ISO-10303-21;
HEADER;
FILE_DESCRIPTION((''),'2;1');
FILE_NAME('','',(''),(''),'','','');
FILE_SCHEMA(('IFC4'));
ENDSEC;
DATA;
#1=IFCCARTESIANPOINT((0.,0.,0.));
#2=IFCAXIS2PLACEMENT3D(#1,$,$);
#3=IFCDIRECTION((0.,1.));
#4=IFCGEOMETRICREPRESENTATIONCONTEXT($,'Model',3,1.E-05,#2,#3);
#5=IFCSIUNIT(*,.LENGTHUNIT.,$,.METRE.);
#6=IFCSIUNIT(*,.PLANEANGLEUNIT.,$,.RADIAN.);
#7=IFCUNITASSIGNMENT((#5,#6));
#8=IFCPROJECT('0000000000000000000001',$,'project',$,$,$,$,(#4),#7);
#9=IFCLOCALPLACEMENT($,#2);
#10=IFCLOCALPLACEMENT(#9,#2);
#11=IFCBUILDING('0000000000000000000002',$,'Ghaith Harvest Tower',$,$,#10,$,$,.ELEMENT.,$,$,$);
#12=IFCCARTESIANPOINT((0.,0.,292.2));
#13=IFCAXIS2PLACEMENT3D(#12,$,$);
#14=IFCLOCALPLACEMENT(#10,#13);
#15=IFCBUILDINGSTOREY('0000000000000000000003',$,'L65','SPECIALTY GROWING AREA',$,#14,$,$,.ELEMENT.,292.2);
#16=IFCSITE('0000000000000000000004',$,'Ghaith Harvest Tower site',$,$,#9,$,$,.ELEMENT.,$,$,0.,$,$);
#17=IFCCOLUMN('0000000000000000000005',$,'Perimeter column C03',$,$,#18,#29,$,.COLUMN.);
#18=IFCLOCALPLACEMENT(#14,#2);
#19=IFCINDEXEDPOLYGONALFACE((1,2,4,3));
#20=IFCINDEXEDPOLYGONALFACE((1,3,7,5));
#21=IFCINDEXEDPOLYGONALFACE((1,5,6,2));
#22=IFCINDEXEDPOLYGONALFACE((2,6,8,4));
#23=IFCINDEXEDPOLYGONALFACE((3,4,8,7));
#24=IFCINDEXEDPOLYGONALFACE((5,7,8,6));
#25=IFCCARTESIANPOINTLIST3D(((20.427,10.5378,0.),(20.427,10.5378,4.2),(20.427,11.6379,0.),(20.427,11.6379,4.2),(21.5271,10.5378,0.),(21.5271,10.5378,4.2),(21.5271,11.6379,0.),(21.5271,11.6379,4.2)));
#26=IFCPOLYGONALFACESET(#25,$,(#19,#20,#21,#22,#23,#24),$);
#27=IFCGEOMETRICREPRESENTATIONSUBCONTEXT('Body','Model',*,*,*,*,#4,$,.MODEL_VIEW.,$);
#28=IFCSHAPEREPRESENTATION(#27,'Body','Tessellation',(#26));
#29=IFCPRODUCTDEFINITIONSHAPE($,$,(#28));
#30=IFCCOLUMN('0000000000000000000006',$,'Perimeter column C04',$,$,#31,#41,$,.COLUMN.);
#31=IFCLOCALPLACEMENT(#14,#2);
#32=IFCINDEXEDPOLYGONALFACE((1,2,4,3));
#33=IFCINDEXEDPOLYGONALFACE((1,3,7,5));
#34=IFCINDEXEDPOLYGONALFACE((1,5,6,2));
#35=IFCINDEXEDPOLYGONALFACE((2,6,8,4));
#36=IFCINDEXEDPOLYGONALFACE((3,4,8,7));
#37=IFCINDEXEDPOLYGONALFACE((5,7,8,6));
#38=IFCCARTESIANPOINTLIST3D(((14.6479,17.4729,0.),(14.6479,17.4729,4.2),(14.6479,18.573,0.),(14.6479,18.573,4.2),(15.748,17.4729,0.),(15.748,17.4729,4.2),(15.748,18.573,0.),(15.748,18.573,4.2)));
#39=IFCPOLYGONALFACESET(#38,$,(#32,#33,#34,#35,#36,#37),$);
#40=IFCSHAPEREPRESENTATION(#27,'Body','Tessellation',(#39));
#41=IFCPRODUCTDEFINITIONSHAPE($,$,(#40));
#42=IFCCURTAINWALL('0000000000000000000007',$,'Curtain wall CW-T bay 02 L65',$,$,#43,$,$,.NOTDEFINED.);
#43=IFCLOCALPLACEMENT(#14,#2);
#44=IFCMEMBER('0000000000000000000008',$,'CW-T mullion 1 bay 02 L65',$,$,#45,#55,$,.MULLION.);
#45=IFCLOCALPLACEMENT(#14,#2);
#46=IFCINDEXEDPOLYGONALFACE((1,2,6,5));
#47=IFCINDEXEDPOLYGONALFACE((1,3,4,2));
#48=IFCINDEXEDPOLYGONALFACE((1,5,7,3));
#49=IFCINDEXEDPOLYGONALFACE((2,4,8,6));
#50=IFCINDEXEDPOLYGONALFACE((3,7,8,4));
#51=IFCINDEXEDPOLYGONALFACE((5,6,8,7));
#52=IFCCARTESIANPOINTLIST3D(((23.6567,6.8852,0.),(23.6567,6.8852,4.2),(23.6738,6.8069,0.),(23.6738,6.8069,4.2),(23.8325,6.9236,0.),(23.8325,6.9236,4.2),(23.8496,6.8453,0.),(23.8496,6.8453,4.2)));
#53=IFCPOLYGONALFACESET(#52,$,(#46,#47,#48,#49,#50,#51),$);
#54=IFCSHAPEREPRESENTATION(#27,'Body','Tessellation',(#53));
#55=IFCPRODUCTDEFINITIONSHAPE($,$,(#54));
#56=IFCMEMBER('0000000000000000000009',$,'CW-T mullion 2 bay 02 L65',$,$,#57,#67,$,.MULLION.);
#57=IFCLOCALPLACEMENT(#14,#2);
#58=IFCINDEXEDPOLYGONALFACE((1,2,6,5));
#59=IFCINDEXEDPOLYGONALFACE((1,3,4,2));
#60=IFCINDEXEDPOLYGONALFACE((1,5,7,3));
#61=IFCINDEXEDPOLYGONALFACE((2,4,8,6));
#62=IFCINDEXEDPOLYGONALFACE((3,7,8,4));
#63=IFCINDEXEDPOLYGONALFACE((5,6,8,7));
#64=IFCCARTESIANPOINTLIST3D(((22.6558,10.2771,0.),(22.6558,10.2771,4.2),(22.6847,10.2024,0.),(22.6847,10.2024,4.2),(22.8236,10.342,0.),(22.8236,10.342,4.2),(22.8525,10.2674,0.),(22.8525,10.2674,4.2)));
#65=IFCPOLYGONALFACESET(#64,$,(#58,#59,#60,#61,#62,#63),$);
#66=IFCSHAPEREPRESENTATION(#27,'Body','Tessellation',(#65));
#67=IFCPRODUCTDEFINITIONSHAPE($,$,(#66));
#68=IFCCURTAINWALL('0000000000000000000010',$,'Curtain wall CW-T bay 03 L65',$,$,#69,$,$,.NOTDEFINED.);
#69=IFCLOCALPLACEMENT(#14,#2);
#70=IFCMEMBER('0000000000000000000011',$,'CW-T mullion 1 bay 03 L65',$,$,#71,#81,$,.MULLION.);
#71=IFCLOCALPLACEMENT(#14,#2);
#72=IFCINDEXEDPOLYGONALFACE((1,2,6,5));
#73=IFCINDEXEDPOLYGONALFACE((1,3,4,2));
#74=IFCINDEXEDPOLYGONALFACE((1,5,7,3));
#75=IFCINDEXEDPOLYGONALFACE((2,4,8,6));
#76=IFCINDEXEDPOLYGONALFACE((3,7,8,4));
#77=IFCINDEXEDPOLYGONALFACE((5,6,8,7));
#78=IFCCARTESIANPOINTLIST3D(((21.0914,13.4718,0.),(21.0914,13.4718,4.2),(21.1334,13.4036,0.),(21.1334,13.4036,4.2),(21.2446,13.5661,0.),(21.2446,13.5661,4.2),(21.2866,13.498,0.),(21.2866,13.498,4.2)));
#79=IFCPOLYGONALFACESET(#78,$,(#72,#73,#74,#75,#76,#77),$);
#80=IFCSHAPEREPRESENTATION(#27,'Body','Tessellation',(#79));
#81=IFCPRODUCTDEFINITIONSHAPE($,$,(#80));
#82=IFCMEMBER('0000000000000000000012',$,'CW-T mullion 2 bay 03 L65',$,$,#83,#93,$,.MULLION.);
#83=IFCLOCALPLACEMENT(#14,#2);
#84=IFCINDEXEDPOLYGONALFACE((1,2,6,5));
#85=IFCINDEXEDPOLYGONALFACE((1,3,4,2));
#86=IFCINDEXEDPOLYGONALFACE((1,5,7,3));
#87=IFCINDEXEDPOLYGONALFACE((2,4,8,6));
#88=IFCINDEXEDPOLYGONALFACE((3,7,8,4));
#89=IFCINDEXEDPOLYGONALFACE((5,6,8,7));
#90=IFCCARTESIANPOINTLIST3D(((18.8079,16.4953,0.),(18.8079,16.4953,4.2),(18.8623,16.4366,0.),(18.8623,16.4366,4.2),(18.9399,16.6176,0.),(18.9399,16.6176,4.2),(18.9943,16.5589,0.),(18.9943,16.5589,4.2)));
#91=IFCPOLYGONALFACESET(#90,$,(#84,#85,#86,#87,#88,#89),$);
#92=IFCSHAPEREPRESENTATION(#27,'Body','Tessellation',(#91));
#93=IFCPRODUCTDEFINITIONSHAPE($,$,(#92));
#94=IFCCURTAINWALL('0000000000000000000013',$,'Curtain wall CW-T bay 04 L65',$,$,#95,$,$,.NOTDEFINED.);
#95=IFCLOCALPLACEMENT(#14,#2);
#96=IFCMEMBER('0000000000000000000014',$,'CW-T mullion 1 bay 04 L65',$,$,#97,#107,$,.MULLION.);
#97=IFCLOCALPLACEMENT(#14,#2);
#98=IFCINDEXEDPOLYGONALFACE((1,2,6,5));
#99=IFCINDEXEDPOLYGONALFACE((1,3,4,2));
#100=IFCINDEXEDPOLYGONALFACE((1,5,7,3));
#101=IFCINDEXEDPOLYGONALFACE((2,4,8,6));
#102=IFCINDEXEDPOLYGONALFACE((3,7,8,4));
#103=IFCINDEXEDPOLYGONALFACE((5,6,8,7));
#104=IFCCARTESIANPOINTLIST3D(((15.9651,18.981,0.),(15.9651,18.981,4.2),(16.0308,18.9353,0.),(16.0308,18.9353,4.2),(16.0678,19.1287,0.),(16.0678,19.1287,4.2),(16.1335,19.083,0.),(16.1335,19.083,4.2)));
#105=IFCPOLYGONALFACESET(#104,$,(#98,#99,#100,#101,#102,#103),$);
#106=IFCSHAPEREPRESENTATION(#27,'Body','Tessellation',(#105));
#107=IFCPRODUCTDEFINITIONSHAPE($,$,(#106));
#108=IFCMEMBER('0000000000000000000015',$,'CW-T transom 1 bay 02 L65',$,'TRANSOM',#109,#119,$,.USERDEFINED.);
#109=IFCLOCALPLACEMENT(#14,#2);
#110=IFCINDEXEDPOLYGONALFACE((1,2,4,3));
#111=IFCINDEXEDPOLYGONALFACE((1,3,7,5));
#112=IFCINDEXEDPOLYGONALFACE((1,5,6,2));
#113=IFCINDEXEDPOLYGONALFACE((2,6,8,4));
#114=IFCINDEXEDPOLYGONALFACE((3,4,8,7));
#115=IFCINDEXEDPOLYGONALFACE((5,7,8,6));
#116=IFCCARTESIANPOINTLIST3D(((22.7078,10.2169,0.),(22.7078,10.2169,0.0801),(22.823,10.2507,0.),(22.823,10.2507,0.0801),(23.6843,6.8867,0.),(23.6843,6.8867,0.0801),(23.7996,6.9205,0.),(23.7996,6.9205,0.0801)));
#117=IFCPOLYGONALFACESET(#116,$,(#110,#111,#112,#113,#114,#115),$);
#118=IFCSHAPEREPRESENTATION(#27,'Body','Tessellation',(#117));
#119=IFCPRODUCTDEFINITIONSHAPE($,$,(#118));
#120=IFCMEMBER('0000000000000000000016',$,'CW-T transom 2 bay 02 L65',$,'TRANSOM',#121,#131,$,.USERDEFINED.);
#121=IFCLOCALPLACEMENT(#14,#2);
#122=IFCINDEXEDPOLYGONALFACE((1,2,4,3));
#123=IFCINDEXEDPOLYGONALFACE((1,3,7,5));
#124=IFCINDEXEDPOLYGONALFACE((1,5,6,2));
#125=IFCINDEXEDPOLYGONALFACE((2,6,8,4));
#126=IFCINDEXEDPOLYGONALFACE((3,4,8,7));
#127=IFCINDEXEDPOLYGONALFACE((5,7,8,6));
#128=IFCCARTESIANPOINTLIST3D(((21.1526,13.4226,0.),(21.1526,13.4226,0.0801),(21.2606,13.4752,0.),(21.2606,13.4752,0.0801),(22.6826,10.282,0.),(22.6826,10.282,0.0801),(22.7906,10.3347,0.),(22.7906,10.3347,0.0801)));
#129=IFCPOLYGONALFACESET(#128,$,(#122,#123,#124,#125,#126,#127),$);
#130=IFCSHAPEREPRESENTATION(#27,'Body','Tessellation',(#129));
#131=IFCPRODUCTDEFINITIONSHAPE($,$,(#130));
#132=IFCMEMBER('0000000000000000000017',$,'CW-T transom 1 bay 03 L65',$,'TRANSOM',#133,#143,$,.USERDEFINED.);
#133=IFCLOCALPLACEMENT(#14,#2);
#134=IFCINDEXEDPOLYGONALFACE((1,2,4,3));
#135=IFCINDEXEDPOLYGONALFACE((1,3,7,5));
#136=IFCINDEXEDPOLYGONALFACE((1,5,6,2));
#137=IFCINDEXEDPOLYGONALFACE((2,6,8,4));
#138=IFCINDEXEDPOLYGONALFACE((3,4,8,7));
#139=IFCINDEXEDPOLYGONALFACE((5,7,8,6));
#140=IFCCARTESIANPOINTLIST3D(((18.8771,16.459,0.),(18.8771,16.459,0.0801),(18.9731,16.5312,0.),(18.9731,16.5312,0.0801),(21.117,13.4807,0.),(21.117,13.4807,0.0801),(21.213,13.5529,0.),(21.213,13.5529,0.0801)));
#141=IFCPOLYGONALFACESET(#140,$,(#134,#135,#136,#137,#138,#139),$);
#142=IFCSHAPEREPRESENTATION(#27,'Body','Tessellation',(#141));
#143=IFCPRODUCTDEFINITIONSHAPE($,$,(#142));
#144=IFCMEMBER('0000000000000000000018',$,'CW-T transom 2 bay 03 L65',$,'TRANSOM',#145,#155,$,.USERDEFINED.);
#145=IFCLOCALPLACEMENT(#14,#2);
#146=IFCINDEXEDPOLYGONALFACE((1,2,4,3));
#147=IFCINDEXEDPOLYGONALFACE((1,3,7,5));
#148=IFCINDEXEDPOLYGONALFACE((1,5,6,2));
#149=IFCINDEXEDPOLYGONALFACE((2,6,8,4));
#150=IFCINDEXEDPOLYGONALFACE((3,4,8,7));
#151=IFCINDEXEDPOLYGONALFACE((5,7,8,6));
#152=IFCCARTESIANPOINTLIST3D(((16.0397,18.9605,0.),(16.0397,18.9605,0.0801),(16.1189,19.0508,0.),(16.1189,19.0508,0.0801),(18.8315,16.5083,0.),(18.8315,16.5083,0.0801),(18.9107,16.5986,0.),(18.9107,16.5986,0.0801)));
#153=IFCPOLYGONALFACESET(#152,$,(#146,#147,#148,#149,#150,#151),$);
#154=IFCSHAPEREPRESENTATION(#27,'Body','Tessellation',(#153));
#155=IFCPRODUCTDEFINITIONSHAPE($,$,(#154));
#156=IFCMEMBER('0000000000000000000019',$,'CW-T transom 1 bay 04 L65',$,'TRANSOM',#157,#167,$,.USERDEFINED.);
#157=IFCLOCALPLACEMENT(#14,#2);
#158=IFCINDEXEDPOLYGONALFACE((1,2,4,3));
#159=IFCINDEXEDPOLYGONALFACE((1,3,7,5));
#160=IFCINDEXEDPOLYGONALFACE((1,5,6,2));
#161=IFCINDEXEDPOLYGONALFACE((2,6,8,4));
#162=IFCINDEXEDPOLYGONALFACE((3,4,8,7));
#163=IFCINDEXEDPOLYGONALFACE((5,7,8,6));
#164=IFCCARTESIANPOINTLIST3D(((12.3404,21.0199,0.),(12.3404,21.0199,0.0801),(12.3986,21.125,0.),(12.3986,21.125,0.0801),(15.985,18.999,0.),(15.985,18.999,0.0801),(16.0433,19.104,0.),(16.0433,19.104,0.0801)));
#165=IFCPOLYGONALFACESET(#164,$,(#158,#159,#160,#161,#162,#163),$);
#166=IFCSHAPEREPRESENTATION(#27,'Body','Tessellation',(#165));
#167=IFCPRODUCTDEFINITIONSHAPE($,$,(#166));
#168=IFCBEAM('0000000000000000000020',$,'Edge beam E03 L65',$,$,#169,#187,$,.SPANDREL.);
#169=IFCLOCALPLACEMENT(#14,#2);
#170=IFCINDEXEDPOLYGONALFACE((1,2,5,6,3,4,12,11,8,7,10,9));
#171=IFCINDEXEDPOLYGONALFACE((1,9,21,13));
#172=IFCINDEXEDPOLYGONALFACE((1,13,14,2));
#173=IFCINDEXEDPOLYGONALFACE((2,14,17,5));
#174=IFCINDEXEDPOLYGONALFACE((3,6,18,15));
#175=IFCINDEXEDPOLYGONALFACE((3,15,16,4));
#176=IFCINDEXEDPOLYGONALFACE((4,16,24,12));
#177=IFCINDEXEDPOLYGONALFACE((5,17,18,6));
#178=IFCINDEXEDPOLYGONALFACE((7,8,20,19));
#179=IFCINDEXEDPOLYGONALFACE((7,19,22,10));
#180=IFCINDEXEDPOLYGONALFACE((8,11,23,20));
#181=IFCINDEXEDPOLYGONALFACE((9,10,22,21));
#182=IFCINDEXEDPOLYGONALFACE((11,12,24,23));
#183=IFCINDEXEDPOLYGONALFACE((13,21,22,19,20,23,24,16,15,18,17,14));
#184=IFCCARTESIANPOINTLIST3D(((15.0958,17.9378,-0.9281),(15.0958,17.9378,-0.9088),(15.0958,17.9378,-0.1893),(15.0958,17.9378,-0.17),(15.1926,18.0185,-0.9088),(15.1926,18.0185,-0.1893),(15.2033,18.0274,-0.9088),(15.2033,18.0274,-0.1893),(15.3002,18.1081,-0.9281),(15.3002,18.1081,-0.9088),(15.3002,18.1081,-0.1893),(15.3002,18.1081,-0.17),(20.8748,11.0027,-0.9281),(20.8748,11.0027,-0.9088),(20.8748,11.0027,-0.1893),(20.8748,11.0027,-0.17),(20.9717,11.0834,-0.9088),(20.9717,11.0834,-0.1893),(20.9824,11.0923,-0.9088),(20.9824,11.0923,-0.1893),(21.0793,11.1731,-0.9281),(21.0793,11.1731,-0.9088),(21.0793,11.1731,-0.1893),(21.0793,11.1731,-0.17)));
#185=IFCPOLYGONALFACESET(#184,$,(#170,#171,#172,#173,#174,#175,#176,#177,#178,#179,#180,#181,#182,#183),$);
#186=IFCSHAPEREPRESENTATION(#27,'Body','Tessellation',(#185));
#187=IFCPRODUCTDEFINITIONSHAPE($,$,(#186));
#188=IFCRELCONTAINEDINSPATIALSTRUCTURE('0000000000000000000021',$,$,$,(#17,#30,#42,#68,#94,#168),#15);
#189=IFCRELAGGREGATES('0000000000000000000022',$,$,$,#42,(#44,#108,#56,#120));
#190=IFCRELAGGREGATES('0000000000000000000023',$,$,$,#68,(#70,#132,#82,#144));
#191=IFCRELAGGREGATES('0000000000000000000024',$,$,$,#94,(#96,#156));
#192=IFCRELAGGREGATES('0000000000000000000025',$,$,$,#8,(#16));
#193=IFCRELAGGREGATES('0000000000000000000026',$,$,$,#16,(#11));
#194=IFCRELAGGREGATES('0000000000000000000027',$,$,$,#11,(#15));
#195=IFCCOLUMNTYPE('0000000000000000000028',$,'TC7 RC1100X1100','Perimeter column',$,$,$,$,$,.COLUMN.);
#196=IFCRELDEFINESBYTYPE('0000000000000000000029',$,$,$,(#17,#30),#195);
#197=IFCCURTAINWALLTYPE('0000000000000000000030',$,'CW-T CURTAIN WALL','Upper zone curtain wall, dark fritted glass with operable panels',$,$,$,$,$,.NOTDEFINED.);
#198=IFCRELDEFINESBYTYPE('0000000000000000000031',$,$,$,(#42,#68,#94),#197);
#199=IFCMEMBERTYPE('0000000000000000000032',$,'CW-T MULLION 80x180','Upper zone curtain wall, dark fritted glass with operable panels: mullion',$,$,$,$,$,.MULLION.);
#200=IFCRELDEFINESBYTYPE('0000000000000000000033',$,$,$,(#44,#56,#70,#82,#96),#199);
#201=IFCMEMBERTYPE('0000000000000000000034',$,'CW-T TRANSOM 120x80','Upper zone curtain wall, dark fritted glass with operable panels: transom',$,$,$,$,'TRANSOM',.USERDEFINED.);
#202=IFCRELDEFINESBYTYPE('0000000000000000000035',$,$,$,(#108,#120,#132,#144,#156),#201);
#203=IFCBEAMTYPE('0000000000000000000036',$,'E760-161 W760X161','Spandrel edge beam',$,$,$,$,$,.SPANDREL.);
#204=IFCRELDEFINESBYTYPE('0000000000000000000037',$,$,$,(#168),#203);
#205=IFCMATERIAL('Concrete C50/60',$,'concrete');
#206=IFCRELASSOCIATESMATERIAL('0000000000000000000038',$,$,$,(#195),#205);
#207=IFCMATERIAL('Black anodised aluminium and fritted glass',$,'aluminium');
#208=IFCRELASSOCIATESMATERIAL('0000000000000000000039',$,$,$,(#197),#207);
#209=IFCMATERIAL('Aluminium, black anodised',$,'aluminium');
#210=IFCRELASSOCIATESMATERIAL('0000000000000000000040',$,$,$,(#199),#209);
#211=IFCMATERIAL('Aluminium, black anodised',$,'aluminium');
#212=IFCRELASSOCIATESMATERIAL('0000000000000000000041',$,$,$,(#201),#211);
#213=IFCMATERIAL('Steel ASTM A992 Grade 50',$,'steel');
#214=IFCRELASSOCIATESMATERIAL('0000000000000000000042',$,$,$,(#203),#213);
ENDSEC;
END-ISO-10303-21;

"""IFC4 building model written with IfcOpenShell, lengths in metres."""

from ifc_helpers import new_model, si_unit, direction, frame, origin, origin_2d, place, context, subcontext, project, spatial, rectangle, i_section, extrude, material, material_profile, profile_set, type_object, element, aggregate, save


model = new_model("IFC4")

# Units and contexts
model_context = context("Model", 3, precision=1e-05, world=origin(), true_north=direction((0.0, 1.0)))
body_context = subcontext(model_context, "Body", "Model", "MODEL_VIEW")
ifc_project = project(units=[si_unit("LENGTHUNIT", "METRE"), si_unit("PLANEANGLEUNIT", "RADIAN")], contexts=[model_context])

# Site, building, storey
site_placement = place(None, origin())
site = spatial("IfcSite", under=ifc_project, at=site_placement, Name="Ghaith Harvest Tower site", CompositionType="ELEMENT", RefElevation=0.0)
building_placement = place(site_placement, origin())
building = spatial("IfcBuilding", under=site, at=building_placement, Name="Ghaith Harvest Tower", CompositionType="ELEMENT")
storey_placement = place(building_placement, frame((0.0, 0.0, 292.2)))
storey = spatial("IfcBuildingStorey", under=building, at=storey_placement, Name="L65", Description="SPECIALTY GROWING AREA", CompositionType="ELEMENT", Elevation=292.2)

# Columns
ifc_material_1 = material(Name="Concrete C50/60", Category="concrete")
ifc_material_profile_1 = material_profile(ifc_material_1, rectangle(XDim=1.1001, YDim=1.1001, at=origin_2d()), Name="RC1100X1100")
ifc_profile_set_1 = profile_set([ifc_material_profile_1], Name="Concrete C50/60")
column_type = type_object("IfcColumnType", Name="TC7 RC1100X1100", Description="Perimeter column", PredefinedType="COLUMN", material=ifc_profile_set_1)
for number, where, z_axis, x_axis, name in (
    (1, (20.9771, 11.0879, 0.0), (0.0, 0.0, 1.0), (1.0, 0.0, 0.0), "Perimeter column C03"),
    (2, (15.198, 18.0229, 0.0), (0.0, 0.0, 1.0), (1.0, 0.0, 0.0), "Perimeter column C04"),
):
    element("IfcColumn", number, at=place(storey_placement, frame(where, z_axis=z_axis, x_axis=x_axis)), inside=storey, type_object=column_type, Name=name, PredefinedType="COLUMN", context=body_context, shape_type="SweptSolid", body=[
        extrude(rectangle(XDim=1.1001, YDim=1.1001, at=origin_2d()), origin(), (0.0, 0.0, 1.0), 4.2),
    ])

# Curtain walls, members
ifc_material_2 = material(Name="Black anodised aluminium and fritted glass", Category="aluminium")
curtain_wall_type = type_object("IfcCurtainWallType", Name="CW-T CURTAIN WALL", Description="Upper zone curtain wall, dark fritted glass with operable panels", PredefinedType="NOTDEFINED", material=ifc_material_2)
curtain_wall_1_placement = place(storey_placement, origin())
curtain_wall_1 = element("IfcCurtainWall", 3, at=curtain_wall_1_placement, inside=storey, type_object=curtain_wall_type, Name="Curtain wall CW-T bay 02 L65", PredefinedType="NOTDEFINED")
ifc_material_3 = material(Name="Aluminium, black anodised", Category="aluminium")
ifc_material_profile_2 = material_profile(ifc_material_3, rectangle(XDim=0.0801, YDim=0.1799, at=origin_2d()), Name="CW-T MULLION 80x180")
ifc_profile_set_2 = profile_set([ifc_material_profile_2], Name="Aluminium, black anodised")
member_type_1 = type_object("IfcMemberType", Name="CW-T MULLION 80x180", Description="Upper zone curtain wall, dark fritted glass with operable panels: mullion", PredefinedType="MULLION", material=ifc_profile_set_2)
member_1_placement = place(storey_placement, frame((23.7532, 6.8652, 0.0), z_axis=(0.0, 0.0, 1.0), x_axis=(-0.213402, 0.976964, 0.0)))
member_1 = element("IfcMember", 4, at=member_1_placement, type_object=member_type_1, Name="CW-T mullion 1 bay 02 L65", PredefinedType="MULLION", context=body_context, shape_type="SweptSolid", body=[
    extrude(rectangle(XDim=0.0801, YDim=0.1799, at=origin_2d()), origin(), (0.0, 0.0, 1.0), 4.2),
])
member_2_placement = place(storey_placement, frame((22.7542, 10.2722, 0.0), z_axis=(0.0, 0.0, 1.0), x_axis=(-0.361184, 0.932494, 0.0)))
member_2 = element("IfcMember", 5, at=member_2_placement, type_object=member_type_1, Name="CW-T mullion 2 bay 02 L65", PredefinedType="MULLION", context=body_context, shape_type="SweptSolid", body=[
    extrude(rectangle(XDim=0.0801, YDim=0.1799, at=origin_2d()), origin(), (0.0, 0.0, 1.0), 4.2),
])
curtain_wall_2_placement = place(storey_placement, origin())
curtain_wall_2 = element("IfcCurtainWall", 6, at=curtain_wall_2_placement, inside=storey, type_object=curtain_wall_type, Name="Curtain wall CW-T bay 03 L65", PredefinedType="NOTDEFINED")
member_3_placement = place(storey_placement, frame((21.189, 13.4849, 0.0), z_axis=(0.0, 0.0, 1.0), x_axis=(-0.524482, 0.851421, 0.0)))
member_3 = element("IfcMember", 7, at=member_3_placement, type_object=member_type_1, Name="CW-T mullion 1 bay 03 L65", PredefinedType="MULLION", context=body_context, shape_type="SweptSolid", body=[
    extrude(rectangle(XDim=0.0801, YDim=0.1799, at=origin_2d()), origin(), (0.0, 0.0, 1.0), 4.2),
])
member_4_placement = place(storey_placement, frame((18.9011, 16.5271, 0.0), z_axis=(0.0, 0.0, 1.0), x_axis=(-0.679661, 0.733526, 0.0)))
member_4 = element("IfcMember", 8, at=member_4_placement, type_object=member_type_1, Name="CW-T mullion 2 bay 03 L65", PredefinedType="MULLION", context=body_context, shape_type="SweptSolid", body=[
    extrude(rectangle(XDim=0.0801, YDim=0.1799, at=origin_2d()), origin(), (0.0, 0.0, 1.0), 4.2),
])

# Curtain wall, member
curtain_wall_3_placement = place(storey_placement, origin())
curtain_wall_3 = element("IfcCurtainWall", 9, at=curtain_wall_3_placement, inside=storey, type_object=curtain_wall_type, Name="Curtain wall CW-T bay 04 L65", PredefinedType="NOTDEFINED")
member_5_placement = place(storey_placement, frame((16.0493, 19.032, 0.0), z_axis=(0.0, 0.0, 1.0), x_axis=(-0.821112, 0.570767, 0.0)))
member_5 = element("IfcMember", 10, at=member_5_placement, type_object=member_type_1, Name="CW-T mullion 1 bay 04 L65", PredefinedType="MULLION", context=body_context, shape_type="SweptSolid", body=[
    extrude(rectangle(XDim=0.0801, YDim=0.1799, at=origin_2d()), origin(), (0.0, 0.0, 1.0), 4.2),
])

# Members
ifc_material_4 = material(Name="Aluminium, black anodised", Category="aluminium")
ifc_material_profile_3 = material_profile(ifc_material_4, rectangle(XDim=0.1201, YDim=0.0801, at=origin_2d()), Name="CW-T TRANSOM 120x80")
ifc_profile_set_3 = profile_set([ifc_material_profile_3], Name="Aluminium, black anodised")
member_type_2 = type_object("IfcMemberType", Name="CW-T TRANSOM 120x80", Description="Upper zone curtain wall, dark fritted glass with operable panels: transom", ElementType="TRANSOM", PredefinedType="USERDEFINED", material=ifc_profile_set_3)
member_6_placement = place(storey_placement, frame((23.7419, 6.9036, 0.04), z_axis=(-0.281385, 0.959595, 0.0), x_axis=(-0.959595, -0.281385, 0.0)))
member_6 = element("IfcMember", 11, at=member_6_placement, type_object=member_type_2, Name="CW-T transom 1 bay 02 L65", ObjectType="TRANSOM", PredefinedType="USERDEFINED", context=body_context, shape_type="SweptSolid", body=[
    extrude(rectangle(XDim=0.1201, YDim=0.0801, at=origin_2d()), origin(), (0.0, 0.0, 1.0), 3.4705),
])
member_7_placement = place(storey_placement, frame((22.7366, 10.3083, 0.04), z_axis=(-0.437965, 0.898992, 0.0), x_axis=(-0.898992, -0.437965, 0.0)))
member_7 = element("IfcMember", 12, at=member_7_placement, type_object=member_type_2, Name="CW-T transom 2 bay 02 L65", ObjectType="TRANSOM", PredefinedType="USERDEFINED", context=body_context, shape_type="SweptSolid", body=[
    extrude(rectangle(XDim=0.1201, YDim=0.0801, at=origin_2d()), origin(), (0.0, 0.0, 1.0), 3.4934),
])
member_8_placement = place(storey_placement, frame((21.165, 13.5168, 0.04), z_axis=(-0.601079, 0.79919, 0.0), x_axis=(-0.79919, -0.601079, 0.0)))
member_8 = element("IfcMember", 13, at=member_8_placement, type_object=member_type_2, Name="CW-T transom 1 bay 03 L65", ObjectType="TRANSOM", PredefinedType="USERDEFINED", context=body_context, shape_type="SweptSolid", body=[
    extrude(rectangle(XDim=0.1201, YDim=0.0801, at=origin_2d()), origin(), (0.0, 0.0, 1.0), 3.7266),
])
member_9_placement = place(storey_placement, frame((18.8711, 16.5535, 0.04), z_axis=(-0.751326, 0.659931, 0.0), x_axis=(-0.659931, -0.751326, 0.0)))
member_9 = element("IfcMember", 14, at=member_9_placement, type_object=member_type_2, Name="CW-T transom 2 bay 03 L65", ObjectType="TRANSOM", PredefinedType="USERDEFINED", context=body_context, shape_type="SweptSolid", body=[
    extrude(rectangle(XDim=0.1201, YDim=0.0801, at=origin_2d()), origin(), (0.0, 0.0, 1.0), 3.7158),
])
member_10_placement = place(storey_placement, frame((16.0142, 19.0515, 0.04), z_axis=(-0.874552, 0.484932, 0.0), x_axis=(-0.484932, -0.874552, 0.0)))
member_10 = element("IfcMember", 15, at=member_10_placement, type_object=member_type_2, Name="CW-T transom 1 bay 04 L65", ObjectType="TRANSOM", PredefinedType="USERDEFINED", context=body_context, shape_type="SweptSolid", body=[
    extrude(rectangle(XDim=0.1201, YDim=0.0801, at=origin_2d()), origin(), (0.0, 0.0, 1.0), 4.1675),
])

# Beam
ifc_material_5 = material(Name="Steel ASTM A992 Grade 50", Category="steel")
ifc_material_profile_4 = material_profile(ifc_material_5, i_section(OverallWidth=0.2661, OverallDepth=0.7581, WebThickness=0.0139, FlangeThickness=0.0193, at=origin_2d()), Name="W760X161")
ifc_profile_set_4 = profile_set([ifc_material_profile_4], Name="Steel ASTM A992 Grade 50")
beam_type_1 = type_object("IfcBeamType", Name="E760-161 W760X161", Description="Spandrel edge beam", PredefinedType="SPANDREL", material=ifc_profile_set_4)
beam_1_placement = place(storey_placement, frame((20.9771, 11.0879, -0.5491), z_axis=(-0.640174, 0.76823, 0.0), x_axis=(-0.76823, -0.640174, 0.0)))
element("IfcBeam", 16, at=beam_1_placement, inside=storey, type_object=beam_type_1, Name="Edge beam E03 L65", PredefinedType="SPANDREL", context=body_context, shape_type="SweptSolid", body=[
    extrude(i_section(OverallWidth=0.2661, OverallDepth=0.7581, WebThickness=0.0139, FlangeThickness=0.0193, at=origin_2d()), origin(), (0.0, 0.0, 1.0), 9.0273),
])

aggregate(curtain_wall_1, [member_1, member_6, member_2, member_7])
aggregate(curtain_wall_2, [member_3, member_8, member_4, member_9])
aggregate(curtain_wall_3, [member_5, member_10])

save(model, "model.ifc")
